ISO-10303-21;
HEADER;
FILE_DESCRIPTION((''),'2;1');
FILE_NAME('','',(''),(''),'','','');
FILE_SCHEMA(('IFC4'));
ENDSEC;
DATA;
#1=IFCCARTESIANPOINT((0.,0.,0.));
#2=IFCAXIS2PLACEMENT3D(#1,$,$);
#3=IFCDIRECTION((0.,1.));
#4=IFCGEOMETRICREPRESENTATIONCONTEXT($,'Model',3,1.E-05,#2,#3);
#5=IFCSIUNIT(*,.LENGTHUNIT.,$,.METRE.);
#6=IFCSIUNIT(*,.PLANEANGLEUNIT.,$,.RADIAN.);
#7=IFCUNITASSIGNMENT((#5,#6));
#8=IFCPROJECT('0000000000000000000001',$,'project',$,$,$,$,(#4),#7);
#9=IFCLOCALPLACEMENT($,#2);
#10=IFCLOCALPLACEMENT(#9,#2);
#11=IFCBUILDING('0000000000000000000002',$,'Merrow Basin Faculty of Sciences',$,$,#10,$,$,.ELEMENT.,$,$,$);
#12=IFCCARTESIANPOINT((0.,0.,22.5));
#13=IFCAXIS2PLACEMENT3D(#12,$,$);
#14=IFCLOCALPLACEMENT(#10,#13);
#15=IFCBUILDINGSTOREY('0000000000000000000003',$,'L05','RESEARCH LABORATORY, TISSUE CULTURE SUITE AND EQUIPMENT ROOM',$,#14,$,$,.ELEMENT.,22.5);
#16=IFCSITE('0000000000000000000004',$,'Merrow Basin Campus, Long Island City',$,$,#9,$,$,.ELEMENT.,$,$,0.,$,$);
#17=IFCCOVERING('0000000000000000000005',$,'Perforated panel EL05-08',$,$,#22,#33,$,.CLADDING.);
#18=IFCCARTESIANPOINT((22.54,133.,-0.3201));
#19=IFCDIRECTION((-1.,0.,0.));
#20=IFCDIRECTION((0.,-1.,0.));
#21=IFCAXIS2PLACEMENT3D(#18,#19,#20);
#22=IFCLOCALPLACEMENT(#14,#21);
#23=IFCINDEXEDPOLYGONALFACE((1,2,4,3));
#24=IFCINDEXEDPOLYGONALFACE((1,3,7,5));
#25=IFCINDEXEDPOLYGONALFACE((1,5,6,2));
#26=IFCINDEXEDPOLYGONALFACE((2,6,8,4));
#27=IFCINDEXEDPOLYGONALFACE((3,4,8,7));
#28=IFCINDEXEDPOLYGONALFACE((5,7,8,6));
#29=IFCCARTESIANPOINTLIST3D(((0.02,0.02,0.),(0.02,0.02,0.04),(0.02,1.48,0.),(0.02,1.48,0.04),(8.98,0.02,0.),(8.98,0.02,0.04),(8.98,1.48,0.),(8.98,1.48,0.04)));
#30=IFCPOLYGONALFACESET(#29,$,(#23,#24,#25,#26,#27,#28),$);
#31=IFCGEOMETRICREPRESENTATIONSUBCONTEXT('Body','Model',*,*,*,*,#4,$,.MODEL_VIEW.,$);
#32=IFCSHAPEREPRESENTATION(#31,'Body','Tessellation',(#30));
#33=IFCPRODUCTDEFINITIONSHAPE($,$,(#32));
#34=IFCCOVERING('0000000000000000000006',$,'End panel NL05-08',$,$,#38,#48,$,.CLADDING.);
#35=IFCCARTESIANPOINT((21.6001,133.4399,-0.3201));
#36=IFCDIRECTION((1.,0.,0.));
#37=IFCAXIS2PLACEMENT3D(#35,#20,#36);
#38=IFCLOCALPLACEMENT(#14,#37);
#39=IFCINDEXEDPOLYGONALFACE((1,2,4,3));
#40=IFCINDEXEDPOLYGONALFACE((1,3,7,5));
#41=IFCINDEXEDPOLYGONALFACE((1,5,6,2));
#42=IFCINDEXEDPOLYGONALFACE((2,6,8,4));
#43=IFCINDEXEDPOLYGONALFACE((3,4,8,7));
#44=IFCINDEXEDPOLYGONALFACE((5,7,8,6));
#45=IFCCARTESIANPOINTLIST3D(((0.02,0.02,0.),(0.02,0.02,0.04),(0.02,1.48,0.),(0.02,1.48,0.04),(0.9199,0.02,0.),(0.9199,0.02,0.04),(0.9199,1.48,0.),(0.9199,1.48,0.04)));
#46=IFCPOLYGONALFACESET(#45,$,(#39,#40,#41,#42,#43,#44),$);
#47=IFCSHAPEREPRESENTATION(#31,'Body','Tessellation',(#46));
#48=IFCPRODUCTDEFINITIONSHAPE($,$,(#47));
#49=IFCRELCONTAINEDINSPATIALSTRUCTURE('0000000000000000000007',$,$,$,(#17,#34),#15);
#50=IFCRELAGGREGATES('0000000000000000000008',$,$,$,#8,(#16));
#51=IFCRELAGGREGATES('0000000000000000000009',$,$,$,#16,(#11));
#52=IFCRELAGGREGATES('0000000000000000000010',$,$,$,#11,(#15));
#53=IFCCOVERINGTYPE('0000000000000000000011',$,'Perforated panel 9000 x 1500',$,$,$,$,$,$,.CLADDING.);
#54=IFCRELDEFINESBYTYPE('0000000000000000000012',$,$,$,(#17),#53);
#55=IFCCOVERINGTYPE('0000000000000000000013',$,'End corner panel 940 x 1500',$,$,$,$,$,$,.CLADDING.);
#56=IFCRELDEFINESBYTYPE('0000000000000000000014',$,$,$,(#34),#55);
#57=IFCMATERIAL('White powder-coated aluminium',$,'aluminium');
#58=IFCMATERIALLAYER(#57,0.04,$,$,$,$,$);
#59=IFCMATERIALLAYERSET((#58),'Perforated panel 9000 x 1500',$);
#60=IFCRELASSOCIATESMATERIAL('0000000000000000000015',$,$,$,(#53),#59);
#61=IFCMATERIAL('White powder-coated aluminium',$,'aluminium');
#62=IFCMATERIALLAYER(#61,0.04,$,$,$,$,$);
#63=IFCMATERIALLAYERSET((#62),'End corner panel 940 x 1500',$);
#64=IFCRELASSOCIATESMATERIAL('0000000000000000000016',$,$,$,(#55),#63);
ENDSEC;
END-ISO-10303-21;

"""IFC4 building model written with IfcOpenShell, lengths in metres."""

from ifc_helpers import new_model, si_unit, direction, frame, origin, place, context, subcontext, project, spatial, polyline, outline, extrude, source, transform, mapped, material, layer, layer_set, type_object, element, save


model = new_model("IFC4")

# Units and contexts
model_context = context("Model", 3, precision=1e-05, world=origin(), true_north=direction((0.0, 1.0)))
body_context = subcontext(model_context, "Body", "Model", "MODEL_VIEW")
ifc_project = project(units=[si_unit("LENGTHUNIT", "METRE"), si_unit("PLANEANGLEUNIT", "RADIAN")], contexts=[model_context])

# Site, building, storey
site_placement = place(None, origin())
site = spatial("IfcSite", under=ifc_project, at=site_placement, Name="Merrow Basin Campus, Long Island City", CompositionType="ELEMENT", RefElevation=0.0)
building_placement = place(site_placement, origin())
building = spatial("IfcBuilding", under=site, at=building_placement, Name="Merrow Basin Faculty of Sciences", CompositionType="ELEMENT")
storey_placement = place(building_placement, frame((0.0, 0.0, 22.5)))
storey = spatial("IfcBuildingStorey", under=building, at=storey_placement, Name="L05", Description="RESEARCH LABORATORY, TISSUE CULTURE SUITE AND EQUIPMENT ROOM", CompositionType="ELEMENT", Elevation=22.5)

# Coverings
ifc_material_1 = material(Name="White powder-coated aluminium", Category="aluminium")
ifc_layer_1 = layer(ifc_material_1, 0.04)
ifc_layer_set_1 = layer_set([ifc_layer_1], Name="Perforated panel 9000 x 1500")
covering_type_1 = type_object("IfcCoveringType", Name="Perforated panel 9000 x 1500", PredefinedType="CLADDING", material=ifc_layer_set_1)
shared_shape_1 = source(origin(), body_context, "Body", "SweptSolid", [
    extrude(outline(polyline([(0.02, 0.02), (8.98, 0.02), (8.98, 1.48), (0.02, 1.48), (0.02, 0.02)])), origin(), (0.0, 0.0, 1.0), 0.04),
])
covering_1_placement = place(storey_placement, frame((22.54, 133.0, -0.3201), z_axis=(-1.0, 0.0, 0.0), x_axis=(0.0, -1.0, 0.0)))
element("IfcCovering", 1, at=covering_1_placement, inside=storey, type_object=covering_type_1, Name="Perforated panel EL05-08", PredefinedType="CLADDING", context=body_context, shape_type="MappedRepresentation", body=[
    mapped(shared_shape_1, transform((0.0, 0.0, 0.0), scale=1.0)),
])
ifc_material_2 = material(Name="White powder-coated aluminium", Category="aluminium")
ifc_layer_2 = layer(ifc_material_2, 0.04)
ifc_layer_set_2 = layer_set([ifc_layer_2], Name="End corner panel 940 x 1500")
covering_type_2 = type_object("IfcCoveringType", Name="End corner panel 940 x 1500", PredefinedType="CLADDING", material=ifc_layer_set_2)
shared_shape_2 = source(origin(), body_context, "Body", "SweptSolid", [
    extrude(outline(polyline([(0.02, 0.02), (0.9199, 0.02), (0.9199, 1.48), (0.02, 1.48), (0.02, 0.02)])), origin(), (0.0, 0.0, 1.0), 0.04),
])
covering_2_placement = place(storey_placement, frame((21.6001, 133.4399, -0.3201), z_axis=(0.0, -1.0, 0.0), x_axis=(1.0, 0.0, 0.0)))
element("IfcCovering", 2, at=covering_2_placement, inside=storey, type_object=covering_type_2, Name="End panel NL05-08", PredefinedType="CLADDING", context=body_context, shape_type="MappedRepresentation", body=[
    mapped(shared_shape_2, transform((0.0, 0.0, 0.0), scale=1.0)),
])

save(model, "model.ifc")
